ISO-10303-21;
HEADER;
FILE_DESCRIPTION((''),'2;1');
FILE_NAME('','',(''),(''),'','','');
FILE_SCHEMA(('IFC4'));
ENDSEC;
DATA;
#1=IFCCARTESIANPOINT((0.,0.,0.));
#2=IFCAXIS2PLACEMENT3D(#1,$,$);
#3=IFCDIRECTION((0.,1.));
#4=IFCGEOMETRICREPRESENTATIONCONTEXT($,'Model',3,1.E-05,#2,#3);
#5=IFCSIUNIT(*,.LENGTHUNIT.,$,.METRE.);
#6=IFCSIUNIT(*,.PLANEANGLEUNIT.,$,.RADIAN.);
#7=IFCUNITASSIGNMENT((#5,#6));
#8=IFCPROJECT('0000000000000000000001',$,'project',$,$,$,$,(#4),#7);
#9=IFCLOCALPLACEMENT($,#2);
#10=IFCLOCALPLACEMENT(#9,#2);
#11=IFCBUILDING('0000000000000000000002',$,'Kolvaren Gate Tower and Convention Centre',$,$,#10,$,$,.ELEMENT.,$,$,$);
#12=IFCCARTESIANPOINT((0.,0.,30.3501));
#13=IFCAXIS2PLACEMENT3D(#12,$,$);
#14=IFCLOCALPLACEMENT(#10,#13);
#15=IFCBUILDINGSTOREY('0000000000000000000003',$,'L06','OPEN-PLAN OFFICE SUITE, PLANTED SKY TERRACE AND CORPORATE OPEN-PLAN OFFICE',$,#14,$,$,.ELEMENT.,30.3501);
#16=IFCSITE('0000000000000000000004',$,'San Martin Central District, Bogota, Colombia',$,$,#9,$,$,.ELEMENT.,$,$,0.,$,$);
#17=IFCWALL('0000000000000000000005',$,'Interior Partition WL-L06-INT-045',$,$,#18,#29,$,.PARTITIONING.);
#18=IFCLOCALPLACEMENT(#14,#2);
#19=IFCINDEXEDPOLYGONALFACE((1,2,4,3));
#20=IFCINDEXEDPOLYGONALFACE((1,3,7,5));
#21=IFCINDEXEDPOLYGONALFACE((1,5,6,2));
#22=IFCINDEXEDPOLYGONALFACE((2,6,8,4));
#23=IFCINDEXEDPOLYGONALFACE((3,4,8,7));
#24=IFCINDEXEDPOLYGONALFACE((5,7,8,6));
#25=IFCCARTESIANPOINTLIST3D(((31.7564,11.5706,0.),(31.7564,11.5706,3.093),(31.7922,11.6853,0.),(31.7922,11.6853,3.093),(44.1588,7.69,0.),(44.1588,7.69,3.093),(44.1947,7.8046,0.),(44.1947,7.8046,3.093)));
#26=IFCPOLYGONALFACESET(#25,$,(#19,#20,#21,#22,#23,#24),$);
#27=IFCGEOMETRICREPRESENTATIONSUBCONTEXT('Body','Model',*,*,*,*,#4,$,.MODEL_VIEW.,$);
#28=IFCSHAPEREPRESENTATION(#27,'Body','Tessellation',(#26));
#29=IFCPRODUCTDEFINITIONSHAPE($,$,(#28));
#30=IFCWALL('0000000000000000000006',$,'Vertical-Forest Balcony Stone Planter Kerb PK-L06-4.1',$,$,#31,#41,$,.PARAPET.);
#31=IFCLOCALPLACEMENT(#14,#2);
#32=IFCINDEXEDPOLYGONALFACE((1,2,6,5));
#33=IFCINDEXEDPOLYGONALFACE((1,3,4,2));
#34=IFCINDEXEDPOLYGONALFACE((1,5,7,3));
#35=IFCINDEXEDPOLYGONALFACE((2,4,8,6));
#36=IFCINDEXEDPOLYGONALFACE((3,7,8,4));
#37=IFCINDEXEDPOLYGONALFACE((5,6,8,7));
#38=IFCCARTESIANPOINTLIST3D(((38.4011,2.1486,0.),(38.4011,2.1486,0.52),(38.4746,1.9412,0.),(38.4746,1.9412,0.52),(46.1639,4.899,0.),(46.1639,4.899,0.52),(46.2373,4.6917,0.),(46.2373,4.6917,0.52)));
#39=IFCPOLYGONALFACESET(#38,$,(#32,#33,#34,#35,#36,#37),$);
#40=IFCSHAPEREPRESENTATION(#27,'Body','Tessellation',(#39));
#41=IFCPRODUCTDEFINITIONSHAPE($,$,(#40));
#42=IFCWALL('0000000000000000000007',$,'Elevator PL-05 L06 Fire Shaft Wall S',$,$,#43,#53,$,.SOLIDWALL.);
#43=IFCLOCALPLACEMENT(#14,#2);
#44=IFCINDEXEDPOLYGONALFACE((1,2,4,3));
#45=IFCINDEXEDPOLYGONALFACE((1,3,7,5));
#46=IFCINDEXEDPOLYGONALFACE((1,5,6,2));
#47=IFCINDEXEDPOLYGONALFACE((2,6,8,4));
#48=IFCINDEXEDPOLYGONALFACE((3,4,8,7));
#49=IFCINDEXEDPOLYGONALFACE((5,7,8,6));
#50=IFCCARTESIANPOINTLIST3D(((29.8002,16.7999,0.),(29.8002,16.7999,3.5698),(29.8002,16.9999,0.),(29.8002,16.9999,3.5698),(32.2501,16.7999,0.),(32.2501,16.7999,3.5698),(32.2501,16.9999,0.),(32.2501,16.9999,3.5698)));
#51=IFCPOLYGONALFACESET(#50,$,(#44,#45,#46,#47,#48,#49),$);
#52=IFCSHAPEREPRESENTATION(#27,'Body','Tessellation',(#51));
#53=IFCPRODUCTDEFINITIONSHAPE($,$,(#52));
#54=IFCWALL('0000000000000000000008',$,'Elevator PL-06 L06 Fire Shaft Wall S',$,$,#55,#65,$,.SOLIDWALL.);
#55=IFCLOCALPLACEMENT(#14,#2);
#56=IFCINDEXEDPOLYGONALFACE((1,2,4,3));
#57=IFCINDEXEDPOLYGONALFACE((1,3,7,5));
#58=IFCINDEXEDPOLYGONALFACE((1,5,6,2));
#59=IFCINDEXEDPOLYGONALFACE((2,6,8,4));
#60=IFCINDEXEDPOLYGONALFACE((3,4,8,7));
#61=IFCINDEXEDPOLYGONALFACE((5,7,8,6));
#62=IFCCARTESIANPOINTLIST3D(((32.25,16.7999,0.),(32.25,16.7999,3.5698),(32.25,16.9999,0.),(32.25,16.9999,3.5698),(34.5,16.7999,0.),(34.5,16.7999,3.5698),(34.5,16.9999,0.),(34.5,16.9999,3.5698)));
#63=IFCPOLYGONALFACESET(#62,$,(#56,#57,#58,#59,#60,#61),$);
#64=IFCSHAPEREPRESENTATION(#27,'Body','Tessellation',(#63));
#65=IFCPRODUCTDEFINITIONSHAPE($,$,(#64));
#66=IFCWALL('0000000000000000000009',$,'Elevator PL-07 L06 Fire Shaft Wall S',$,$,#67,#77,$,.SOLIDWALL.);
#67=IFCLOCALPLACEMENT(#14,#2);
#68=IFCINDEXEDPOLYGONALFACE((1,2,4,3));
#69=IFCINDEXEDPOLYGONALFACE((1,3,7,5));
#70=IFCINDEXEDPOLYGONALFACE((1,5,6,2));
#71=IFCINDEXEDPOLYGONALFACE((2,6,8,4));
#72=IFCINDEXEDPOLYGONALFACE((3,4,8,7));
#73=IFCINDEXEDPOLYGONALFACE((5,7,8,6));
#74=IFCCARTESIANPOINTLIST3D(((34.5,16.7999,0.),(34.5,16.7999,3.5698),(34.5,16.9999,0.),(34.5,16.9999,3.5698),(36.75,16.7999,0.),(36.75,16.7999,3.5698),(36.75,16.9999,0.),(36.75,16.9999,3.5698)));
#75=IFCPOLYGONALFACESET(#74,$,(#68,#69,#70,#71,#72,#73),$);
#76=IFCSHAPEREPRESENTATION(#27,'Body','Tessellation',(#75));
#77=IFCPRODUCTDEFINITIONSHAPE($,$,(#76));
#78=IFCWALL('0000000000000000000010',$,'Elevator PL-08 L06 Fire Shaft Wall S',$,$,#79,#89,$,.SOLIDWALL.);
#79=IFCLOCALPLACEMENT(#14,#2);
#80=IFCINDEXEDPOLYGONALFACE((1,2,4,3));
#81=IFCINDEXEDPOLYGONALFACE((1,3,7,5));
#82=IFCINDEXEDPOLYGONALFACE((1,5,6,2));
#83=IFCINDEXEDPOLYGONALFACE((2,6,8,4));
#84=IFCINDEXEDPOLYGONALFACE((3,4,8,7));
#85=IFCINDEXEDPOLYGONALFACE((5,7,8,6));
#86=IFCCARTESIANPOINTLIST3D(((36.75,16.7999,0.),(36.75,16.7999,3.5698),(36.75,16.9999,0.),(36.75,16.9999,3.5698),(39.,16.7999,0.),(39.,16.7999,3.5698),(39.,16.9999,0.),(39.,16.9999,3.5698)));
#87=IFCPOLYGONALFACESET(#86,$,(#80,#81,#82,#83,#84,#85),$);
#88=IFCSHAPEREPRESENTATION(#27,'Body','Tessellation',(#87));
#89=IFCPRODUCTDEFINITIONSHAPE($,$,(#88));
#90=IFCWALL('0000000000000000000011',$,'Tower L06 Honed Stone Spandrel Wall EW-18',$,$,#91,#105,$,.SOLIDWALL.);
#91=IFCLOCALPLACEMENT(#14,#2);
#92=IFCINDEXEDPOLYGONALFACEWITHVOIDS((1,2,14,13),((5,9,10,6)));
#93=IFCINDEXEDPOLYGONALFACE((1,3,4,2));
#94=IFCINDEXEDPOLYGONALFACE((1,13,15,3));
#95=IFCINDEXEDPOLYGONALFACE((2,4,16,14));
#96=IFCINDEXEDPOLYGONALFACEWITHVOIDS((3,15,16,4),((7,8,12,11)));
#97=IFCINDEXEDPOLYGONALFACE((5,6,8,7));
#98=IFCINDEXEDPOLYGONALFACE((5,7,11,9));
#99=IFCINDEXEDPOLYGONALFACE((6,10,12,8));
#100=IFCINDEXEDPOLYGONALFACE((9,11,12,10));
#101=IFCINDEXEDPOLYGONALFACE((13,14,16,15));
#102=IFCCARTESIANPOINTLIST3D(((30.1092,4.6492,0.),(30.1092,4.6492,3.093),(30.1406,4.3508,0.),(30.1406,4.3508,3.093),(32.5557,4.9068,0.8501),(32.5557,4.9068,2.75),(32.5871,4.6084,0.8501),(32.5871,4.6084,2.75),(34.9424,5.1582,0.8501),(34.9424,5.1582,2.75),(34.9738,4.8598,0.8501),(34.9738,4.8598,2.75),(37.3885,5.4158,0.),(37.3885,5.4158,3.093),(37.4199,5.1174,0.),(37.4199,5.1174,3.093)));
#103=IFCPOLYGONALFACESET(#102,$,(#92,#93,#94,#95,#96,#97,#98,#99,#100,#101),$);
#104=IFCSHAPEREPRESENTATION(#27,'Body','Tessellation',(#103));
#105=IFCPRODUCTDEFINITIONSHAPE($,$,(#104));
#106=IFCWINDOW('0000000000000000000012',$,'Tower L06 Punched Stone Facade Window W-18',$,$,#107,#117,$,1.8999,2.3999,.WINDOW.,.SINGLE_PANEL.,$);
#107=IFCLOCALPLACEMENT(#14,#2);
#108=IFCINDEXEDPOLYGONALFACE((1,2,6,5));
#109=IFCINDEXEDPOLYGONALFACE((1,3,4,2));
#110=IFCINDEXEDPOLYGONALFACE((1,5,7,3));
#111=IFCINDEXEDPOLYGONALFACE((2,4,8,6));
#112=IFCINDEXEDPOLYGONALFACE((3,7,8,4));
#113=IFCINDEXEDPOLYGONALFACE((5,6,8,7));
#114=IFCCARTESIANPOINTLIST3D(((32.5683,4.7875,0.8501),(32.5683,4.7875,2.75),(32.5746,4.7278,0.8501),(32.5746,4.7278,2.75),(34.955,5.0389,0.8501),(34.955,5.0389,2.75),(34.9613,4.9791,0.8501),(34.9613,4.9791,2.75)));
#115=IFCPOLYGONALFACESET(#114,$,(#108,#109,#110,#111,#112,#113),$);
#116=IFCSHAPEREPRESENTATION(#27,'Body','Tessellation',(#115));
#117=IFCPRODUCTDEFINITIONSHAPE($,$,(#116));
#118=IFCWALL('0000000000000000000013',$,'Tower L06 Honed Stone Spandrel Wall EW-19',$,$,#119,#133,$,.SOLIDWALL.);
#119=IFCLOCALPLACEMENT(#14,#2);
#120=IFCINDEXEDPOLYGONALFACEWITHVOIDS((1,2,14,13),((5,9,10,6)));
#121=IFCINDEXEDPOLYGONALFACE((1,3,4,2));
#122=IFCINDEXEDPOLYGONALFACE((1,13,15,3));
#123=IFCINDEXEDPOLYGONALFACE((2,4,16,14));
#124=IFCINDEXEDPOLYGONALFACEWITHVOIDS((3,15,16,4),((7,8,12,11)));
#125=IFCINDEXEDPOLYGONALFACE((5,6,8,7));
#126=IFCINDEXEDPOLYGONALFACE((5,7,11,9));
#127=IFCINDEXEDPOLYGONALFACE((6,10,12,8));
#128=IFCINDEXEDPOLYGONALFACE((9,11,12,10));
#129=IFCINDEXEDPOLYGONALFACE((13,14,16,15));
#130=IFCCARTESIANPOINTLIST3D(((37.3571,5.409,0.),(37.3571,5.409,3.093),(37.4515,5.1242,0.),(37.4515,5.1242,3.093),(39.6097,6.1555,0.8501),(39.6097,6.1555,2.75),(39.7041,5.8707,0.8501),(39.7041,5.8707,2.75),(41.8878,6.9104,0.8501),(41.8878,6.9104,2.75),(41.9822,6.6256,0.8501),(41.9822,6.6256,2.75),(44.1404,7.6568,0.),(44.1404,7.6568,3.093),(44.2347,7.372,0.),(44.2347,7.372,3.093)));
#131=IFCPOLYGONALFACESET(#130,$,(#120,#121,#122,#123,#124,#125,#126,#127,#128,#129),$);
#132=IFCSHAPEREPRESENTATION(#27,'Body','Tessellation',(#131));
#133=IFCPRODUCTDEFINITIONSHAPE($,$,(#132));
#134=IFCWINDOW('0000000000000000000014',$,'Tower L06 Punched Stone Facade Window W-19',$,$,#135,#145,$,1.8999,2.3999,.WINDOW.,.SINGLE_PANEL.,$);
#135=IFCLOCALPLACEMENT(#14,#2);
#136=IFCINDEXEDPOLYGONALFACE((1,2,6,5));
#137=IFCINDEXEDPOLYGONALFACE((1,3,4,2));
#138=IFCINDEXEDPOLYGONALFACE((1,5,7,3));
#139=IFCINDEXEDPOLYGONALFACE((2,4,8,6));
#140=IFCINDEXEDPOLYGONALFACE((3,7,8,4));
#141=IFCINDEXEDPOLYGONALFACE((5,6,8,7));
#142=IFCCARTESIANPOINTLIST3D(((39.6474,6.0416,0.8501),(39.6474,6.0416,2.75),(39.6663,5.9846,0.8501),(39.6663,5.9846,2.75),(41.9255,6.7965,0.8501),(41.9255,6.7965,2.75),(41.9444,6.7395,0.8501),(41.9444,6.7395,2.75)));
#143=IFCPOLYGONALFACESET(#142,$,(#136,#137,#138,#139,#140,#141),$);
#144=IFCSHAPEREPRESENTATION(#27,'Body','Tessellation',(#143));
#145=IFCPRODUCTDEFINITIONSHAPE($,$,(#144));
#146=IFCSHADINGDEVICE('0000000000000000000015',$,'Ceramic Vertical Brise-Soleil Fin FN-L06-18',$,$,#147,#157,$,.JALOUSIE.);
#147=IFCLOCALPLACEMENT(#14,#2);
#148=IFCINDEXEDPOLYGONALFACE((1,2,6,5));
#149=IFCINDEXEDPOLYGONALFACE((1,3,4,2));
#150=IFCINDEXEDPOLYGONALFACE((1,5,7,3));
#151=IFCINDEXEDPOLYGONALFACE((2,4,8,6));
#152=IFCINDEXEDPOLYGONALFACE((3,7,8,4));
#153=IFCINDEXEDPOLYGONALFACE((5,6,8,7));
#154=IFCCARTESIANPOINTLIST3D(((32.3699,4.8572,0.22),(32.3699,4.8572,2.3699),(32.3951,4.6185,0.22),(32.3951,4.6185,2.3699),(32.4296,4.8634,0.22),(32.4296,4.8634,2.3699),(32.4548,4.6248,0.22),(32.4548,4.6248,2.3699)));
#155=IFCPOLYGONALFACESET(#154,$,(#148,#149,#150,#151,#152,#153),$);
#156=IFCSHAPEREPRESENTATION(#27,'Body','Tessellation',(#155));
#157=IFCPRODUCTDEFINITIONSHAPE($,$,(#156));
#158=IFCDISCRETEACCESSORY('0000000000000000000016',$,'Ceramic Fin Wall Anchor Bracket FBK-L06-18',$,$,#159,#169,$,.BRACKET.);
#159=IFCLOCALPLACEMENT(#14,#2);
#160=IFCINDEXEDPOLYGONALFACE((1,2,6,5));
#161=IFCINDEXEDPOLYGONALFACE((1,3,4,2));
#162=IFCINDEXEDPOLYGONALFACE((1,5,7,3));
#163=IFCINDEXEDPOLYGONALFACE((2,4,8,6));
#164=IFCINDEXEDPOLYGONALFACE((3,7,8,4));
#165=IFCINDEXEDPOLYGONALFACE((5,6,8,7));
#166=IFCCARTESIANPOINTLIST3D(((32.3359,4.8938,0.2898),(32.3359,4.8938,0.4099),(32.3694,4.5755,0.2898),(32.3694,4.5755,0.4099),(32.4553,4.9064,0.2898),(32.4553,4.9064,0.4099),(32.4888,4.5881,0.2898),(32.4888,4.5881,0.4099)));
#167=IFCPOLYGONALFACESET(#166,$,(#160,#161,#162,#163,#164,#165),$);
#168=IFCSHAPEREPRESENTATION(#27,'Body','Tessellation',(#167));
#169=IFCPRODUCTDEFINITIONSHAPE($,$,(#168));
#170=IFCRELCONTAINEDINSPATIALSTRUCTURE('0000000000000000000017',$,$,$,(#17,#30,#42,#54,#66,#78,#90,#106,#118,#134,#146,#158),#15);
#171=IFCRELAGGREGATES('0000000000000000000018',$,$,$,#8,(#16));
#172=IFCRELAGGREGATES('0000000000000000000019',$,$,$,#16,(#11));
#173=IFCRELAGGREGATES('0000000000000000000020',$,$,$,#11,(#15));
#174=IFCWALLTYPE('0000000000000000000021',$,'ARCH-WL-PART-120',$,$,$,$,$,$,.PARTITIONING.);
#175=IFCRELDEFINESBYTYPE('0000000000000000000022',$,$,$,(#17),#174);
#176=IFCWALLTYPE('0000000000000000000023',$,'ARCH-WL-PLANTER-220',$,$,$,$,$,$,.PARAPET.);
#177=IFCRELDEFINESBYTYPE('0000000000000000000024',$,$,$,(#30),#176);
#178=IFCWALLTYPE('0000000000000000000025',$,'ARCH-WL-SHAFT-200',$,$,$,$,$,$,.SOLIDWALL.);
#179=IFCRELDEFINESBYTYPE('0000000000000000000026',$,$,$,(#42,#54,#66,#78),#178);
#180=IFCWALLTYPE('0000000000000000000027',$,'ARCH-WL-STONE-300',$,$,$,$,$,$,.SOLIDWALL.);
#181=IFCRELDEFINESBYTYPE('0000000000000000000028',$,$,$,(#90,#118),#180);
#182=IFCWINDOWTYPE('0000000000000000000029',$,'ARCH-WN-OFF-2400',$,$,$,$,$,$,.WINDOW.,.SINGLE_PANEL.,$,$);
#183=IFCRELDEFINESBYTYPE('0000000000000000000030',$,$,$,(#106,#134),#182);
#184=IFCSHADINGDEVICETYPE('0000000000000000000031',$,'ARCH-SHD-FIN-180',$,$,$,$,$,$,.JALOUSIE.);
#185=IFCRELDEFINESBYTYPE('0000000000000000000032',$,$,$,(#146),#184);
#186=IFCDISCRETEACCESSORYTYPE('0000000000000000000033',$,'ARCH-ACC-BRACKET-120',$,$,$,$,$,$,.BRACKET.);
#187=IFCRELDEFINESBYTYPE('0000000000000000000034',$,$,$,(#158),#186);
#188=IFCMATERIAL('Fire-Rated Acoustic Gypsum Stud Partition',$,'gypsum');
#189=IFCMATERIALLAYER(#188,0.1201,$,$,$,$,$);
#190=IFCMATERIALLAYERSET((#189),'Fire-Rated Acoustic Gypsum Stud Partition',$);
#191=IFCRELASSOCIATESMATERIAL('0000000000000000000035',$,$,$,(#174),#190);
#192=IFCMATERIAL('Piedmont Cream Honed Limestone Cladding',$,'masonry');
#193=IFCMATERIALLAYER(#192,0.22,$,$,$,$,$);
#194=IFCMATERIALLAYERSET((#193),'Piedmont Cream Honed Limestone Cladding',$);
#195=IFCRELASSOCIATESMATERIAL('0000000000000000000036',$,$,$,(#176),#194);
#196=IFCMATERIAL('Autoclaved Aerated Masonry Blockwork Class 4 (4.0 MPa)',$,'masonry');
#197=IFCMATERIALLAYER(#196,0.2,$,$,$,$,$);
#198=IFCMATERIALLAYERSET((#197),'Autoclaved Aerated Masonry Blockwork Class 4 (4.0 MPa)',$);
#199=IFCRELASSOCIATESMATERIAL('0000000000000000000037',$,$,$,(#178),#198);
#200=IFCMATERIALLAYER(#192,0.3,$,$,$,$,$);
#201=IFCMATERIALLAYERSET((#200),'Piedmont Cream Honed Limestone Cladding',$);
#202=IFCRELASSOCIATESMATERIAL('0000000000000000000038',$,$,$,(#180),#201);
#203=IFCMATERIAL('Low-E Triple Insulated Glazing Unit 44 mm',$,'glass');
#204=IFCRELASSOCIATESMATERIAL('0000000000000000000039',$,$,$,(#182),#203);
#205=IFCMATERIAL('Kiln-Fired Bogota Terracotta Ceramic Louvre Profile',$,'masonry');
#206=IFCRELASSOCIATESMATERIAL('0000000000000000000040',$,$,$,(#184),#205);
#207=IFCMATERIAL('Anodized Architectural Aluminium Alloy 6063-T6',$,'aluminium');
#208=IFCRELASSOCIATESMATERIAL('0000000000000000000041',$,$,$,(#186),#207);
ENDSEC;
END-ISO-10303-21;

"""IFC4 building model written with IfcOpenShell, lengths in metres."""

from ifc_helpers import new_model, si_unit, direction, frame, frame_2d, origin, origin_2d, place, context, subcontext, project, spatial, rectangle, extrude, material, layer, layer_set, type_object, element, fill, save


model = new_model("IFC4")

# Units and contexts
model_context = context("Model", 3, precision=1e-05, world=origin(), true_north=direction((0.0, 1.0)))
body_context = subcontext(model_context, "Body", "Model", "MODEL_VIEW")
ifc_project = project(units=[si_unit("LENGTHUNIT", "METRE"), si_unit("PLANEANGLEUNIT", "RADIAN")], contexts=[model_context])

# Site, building, storey
site_placement = place(None, origin())
site = spatial("IfcSite", under=ifc_project, at=site_placement, Name="San Martin Central District, Bogota, Colombia", CompositionType="ELEMENT", RefElevation=0.0)
building_placement = place(site_placement, origin())
building = spatial("IfcBuilding", under=site, at=building_placement, Name="Kolvaren Gate Tower and Convention Centre", CompositionType="ELEMENT")
storey_placement = place(building_placement, frame((0.0, 0.0, 30.3501)))
storey = spatial("IfcBuildingStorey", under=building, at=storey_placement, Name="L06", Description="OPEN-PLAN OFFICE SUITE, PLANTED SKY TERRACE AND CORPORATE OPEN-PLAN OFFICE", CompositionType="ELEMENT", Elevation=30.3501)

# Walls
ifc_material_1 = material(Name="Fire-Rated Acoustic Gypsum Stud Partition", Category="gypsum")
ifc_layer_1 = layer(ifc_material_1, 0.1201)
ifc_layer_set_1 = layer_set([ifc_layer_1], Name="Fire-Rated Acoustic Gypsum Stud Partition")
wall_type_1 = type_object("IfcWallType", Name="ARCH-WL-PART-120", PredefinedType="PARTITIONING", material=ifc_layer_set_1)
wall_1_placement = place(storey_placement, frame((31.7744, 11.6279, 0.0), z_axis=(0.0, 0.0, 1.0), x_axis=(0.954373, -0.298617, 0.0)))
element("IfcWall", 1, at=wall_1_placement, inside=storey, type_object=wall_type_1, Name="Interior Partition WL-L06-INT-045", PredefinedType="PARTITIONING", context=body_context, shape_type="SweptSolid", body=[
    extrude(rectangle(XDim=12.9954, YDim=0.1201, at=frame_2d((6.4976, 0.0))), origin(), (0.0, 0.0, 1.0), 3.093),
])
ifc_material_2 = material(Name="Piedmont Cream Honed Limestone Cladding", Category="masonry")
ifc_layer_2 = layer(ifc_material_2, 0.22)
ifc_layer_set_2 = layer_set([ifc_layer_2], Name="Piedmont Cream Honed Limestone Cladding")
wall_type_2 = type_object("IfcWallType", Name="ARCH-WL-PLANTER-220", PredefinedType="PARAPET", material=ifc_layer_set_2)
wall_2_placement = place(storey_placement, frame((38.438, 2.0449, 0.0), z_axis=(0.0, 0.0, 1.0), x_axis=(0.942581, 0.333977, 0.0)))
element("IfcWall", 2, at=wall_2_placement, inside=storey, type_object=wall_type_2, Name="Vertical-Forest Balcony Stone Planter Kerb PK-L06-4.1", PredefinedType="PARAPET", context=body_context, shape_type="SweptSolid", body=[
    extrude(rectangle(XDim=8.2356, YDim=0.22, at=frame_2d((4.1177, 0.0))), origin(), (0.0, 0.0, 1.0), 0.52),
])
ifc_material_3 = material(Name="Autoclaved Aerated Masonry Blockwork Class 4 (4.0 MPa)", Category="masonry")
ifc_layer_3 = layer(ifc_material_3, 0.2)
ifc_layer_set_3 = layer_set([ifc_layer_3], Name="Autoclaved Aerated Masonry Blockwork Class 4 (4.0 MPa)")
wall_type_3 = type_object("IfcWallType", Name="ARCH-WL-SHAFT-200", PredefinedType="SOLIDWALL", material=ifc_layer_set_3)
wall_3_placement = place(storey_placement, frame((29.8, 16.8999, 0.0), z_axis=(0.0, 0.0, 1.0), x_axis=(1.0, 0.0, 0.0)))
element("IfcWall", 3, at=wall_3_placement, inside=storey, type_object=wall_type_3, Name="Elevator PL-05 L06 Fire Shaft Wall S", PredefinedType="SOLIDWALL", context=body_context, shape_type="SweptSolid", body=[
    extrude(rectangle(XDim=2.45, YDim=0.2, at=frame_2d((1.2251, 0.0))), origin(), (0.0, 0.0, 1.0), 3.5698),
])
for number, where, z_axis, x_axis, name in (
    (4, (32.25, 16.8999, 0.0), (0.0, 0.0, 1.0), (1.0, 0.0, 0.0), "Elevator PL-06 L06 Fire Shaft Wall S"),
    (5, (34.5, 16.8999, 0.0), (0.0, 0.0, 1.0), (1.0, 0.0, 0.0), "Elevator PL-07 L06 Fire Shaft Wall S"),
    (6, (36.75, 16.8999, 0.0), (0.0, 0.0, 1.0), (1.0, 0.0, 0.0), "Elevator PL-08 L06 Fire Shaft Wall S"),
):
    element("IfcWall", number, at=place(storey_placement, frame(where, z_axis=z_axis, x_axis=x_axis)), inside=storey, type_object=wall_type_3, Name=name, PredefinedType="SOLIDWALL", context=body_context, shape_type="SweptSolid", body=[
        extrude(rectangle(XDim=2.25, YDim=0.2, at=frame_2d((1.125, 0.0))), origin(), (0.0, 0.0, 1.0), 3.5698),
    ])

# Walls, openings, windows
ifc_layer_4 = layer(ifc_material_2, 0.3)
ifc_layer_set_4 = layer_set([ifc_layer_4], Name="Piedmont Cream Honed Limestone Cladding")
wall_type_4 = type_object("IfcWallType", Name="ARCH-WL-STONE-300", PredefinedType="SOLIDWALL", material=ifc_layer_set_4)
wall_4_placement = place(storey_placement, frame((30.125, 4.5, 0.0), z_axis=(0.0, 0.0, 1.0), x_axis=(0.9945, 0.104733, 0.0)))
wall_4 = element("IfcWall", 7, at=wall_4_placement, inside=storey, type_object=wall_type_4, Name="Tower L06 Honed Stone Spandrel Wall EW-18", PredefinedType="SOLIDWALL", context=body_context, shape_type="SweptSolid", body=[
    extrude(rectangle(XDim=7.3196, YDim=0.3, at=frame_2d((3.6597, 0.0))), origin(), (0.0, 0.0, 1.0), 3.093),
])
opening_1_placement = place(wall_4_placement, frame((2.46, 0.0, 0.8501)))
opening_1 = element("IfcOpeningElement", 8, at=opening_1_placement, cuts=wall_4, PredefinedType="OPENING", context=body_context, shape_type="SweptSolid", body=[
    extrude(rectangle(XDim=2.3999, YDim=1.8999, at=frame_2d((1.2, 0.95))), frame((0.0, 0.1599, 0.0), z_axis=(0.0, -1.0, 0.0), x_axis=(1.0, 0.0, 0.0)), (0.0, 0.0, 1.0), 0.3201),
])
ifc_material_4 = material(Name="Low-E Triple Insulated Glazing Unit 44 mm", Category="glass")
window_type = type_object("IfcWindowType", Name="ARCH-WN-OFF-2400", PartitioningType="SINGLE_PANEL", PredefinedType="WINDOW", material=ifc_material_4)
window_1_placement = place(opening_1_placement, origin())
window_1 = element("IfcWindow", 9, at=window_1_placement, inside=storey, type_object=window_type, Name="Tower L06 Punched Stone Facade Window W-18", OverallHeight=1.8999, OverallWidth=2.3999, PartitioningType="SINGLE_PANEL", PredefinedType="WINDOW", context=body_context, shape_type="SweptSolid", body=[
    extrude(rectangle(XDim=2.3999, YDim=1.8999, at=frame_2d((1.2, 0.95))), frame((0.0, 0.03, 0.0), z_axis=(0.0, -1.0, 0.0), x_axis=(1.0, 0.0, 0.0)), (0.0, 0.0, 1.0), 0.0601),
])
fill(opening_1, window_1)
wall_5_placement = place(storey_placement, frame((37.4043, 5.2666, 0.0), z_axis=(0.0, 0.0, 1.0), x_axis=(0.949239, 0.314557, 0.0)))
wall_5 = element("IfcWall", 10, at=wall_5_placement, inside=storey, type_object=wall_type_4, Name="Tower L06 Honed Stone Spandrel Wall EW-19", PredefinedType="SOLIDWALL", context=body_context, shape_type="SweptSolid", body=[
    extrude(rectangle(XDim=7.146, YDim=0.3, at=frame_2d((3.573, 0.0))), origin(), (0.0, 0.0, 1.0), 3.093),
])
opening_2_placement = place(wall_5_placement, frame((2.373, 0.0, 0.8501)))
opening_2 = element("IfcOpeningElement", 11, at=opening_2_placement, cuts=wall_5, PredefinedType="OPENING", context=body_context, shape_type="SweptSolid", body=[
    extrude(rectangle(XDim=2.3999, YDim=1.8999, at=frame_2d((1.2, 0.95))), frame((0.0, 0.1599, 0.0), z_axis=(0.0, -1.0, 0.0), x_axis=(1.0, 0.0, 0.0)), (0.0, 0.0, 1.0), 0.3201),
])
window_2_placement = place(opening_2_placement, origin())
window_2 = element("IfcWindow", 12, at=window_2_placement, inside=storey, type_object=window_type, Name="Tower L06 Punched Stone Facade Window W-19", OverallHeight=1.8999, OverallWidth=2.3999, PartitioningType="SINGLE_PANEL", PredefinedType="WINDOW", context=body_context, shape_type="SweptSolid", body=[
    extrude(rectangle(XDim=2.3999, YDim=1.8999, at=frame_2d((1.2, 0.95))), frame((0.0, 0.03, 0.0), z_axis=(0.0, -1.0, 0.0), x_axis=(1.0, 0.0, 0.0)), (0.0, 0.0, 1.0), 0.0601),
])
fill(opening_2, window_2)

# Shading device
ifc_material_5 = material(Name="Kiln-Fired Bogota Terracotta Ceramic Louvre Profile", Category="masonry")
shading_device_type = type_object("IfcShadingDeviceType", Name="ARCH-SHD-FIN-180", PredefinedType="JALOUSIE", material=ifc_material_5)
shading_device_placement = place(storey_placement, frame((32.4124, 4.741, 0.22), z_axis=(0.0, 0.0, 1.0), x_axis=(0.994499, 0.104747, 0.0)))
element("IfcShadingDevice", 13, at=shading_device_placement, inside=storey, type_object=shading_device_type, Name="Ceramic Vertical Brise-Soleil Fin FN-L06-18", PredefinedType="JALOUSIE", context=body_context, shape_type="SweptSolid", body=[
    extrude(rectangle(XDim=0.0601, YDim=0.24, at=origin_2d()), origin(), (0.0, 0.0, 1.0), 2.1499),
])

# Discrete accessory
ifc_material_6 = material(Name="Anodized Architectural Aluminium Alloy 6063-T6", Category="aluminium")
discrete_accessory_type = type_object("IfcDiscreteAccessoryType", Name="ARCH-ACC-BRACKET-120", PredefinedType="BRACKET", material=ifc_material_6)
discrete_accessory_placement = place(storey_placement, frame((32.4124, 4.741, 0.2898), z_axis=(0.0, 0.0, 1.0), x_axis=(0.994499, 0.104747, 0.0)))
element("IfcDiscreteAccessory", 14, at=discrete_accessory_placement, inside=storey, type_object=discrete_accessory_type, Name="Ceramic Fin Wall Anchor Bracket FBK-L06-18", PredefinedType="BRACKET", context=body_context, shape_type="SweptSolid", body=[
    extrude(rectangle(XDim=0.1201, YDim=0.3201, at=origin_2d()), origin(), (0.0, 0.0, 1.0), 0.1201),
])

save(model, "model.ifc")
